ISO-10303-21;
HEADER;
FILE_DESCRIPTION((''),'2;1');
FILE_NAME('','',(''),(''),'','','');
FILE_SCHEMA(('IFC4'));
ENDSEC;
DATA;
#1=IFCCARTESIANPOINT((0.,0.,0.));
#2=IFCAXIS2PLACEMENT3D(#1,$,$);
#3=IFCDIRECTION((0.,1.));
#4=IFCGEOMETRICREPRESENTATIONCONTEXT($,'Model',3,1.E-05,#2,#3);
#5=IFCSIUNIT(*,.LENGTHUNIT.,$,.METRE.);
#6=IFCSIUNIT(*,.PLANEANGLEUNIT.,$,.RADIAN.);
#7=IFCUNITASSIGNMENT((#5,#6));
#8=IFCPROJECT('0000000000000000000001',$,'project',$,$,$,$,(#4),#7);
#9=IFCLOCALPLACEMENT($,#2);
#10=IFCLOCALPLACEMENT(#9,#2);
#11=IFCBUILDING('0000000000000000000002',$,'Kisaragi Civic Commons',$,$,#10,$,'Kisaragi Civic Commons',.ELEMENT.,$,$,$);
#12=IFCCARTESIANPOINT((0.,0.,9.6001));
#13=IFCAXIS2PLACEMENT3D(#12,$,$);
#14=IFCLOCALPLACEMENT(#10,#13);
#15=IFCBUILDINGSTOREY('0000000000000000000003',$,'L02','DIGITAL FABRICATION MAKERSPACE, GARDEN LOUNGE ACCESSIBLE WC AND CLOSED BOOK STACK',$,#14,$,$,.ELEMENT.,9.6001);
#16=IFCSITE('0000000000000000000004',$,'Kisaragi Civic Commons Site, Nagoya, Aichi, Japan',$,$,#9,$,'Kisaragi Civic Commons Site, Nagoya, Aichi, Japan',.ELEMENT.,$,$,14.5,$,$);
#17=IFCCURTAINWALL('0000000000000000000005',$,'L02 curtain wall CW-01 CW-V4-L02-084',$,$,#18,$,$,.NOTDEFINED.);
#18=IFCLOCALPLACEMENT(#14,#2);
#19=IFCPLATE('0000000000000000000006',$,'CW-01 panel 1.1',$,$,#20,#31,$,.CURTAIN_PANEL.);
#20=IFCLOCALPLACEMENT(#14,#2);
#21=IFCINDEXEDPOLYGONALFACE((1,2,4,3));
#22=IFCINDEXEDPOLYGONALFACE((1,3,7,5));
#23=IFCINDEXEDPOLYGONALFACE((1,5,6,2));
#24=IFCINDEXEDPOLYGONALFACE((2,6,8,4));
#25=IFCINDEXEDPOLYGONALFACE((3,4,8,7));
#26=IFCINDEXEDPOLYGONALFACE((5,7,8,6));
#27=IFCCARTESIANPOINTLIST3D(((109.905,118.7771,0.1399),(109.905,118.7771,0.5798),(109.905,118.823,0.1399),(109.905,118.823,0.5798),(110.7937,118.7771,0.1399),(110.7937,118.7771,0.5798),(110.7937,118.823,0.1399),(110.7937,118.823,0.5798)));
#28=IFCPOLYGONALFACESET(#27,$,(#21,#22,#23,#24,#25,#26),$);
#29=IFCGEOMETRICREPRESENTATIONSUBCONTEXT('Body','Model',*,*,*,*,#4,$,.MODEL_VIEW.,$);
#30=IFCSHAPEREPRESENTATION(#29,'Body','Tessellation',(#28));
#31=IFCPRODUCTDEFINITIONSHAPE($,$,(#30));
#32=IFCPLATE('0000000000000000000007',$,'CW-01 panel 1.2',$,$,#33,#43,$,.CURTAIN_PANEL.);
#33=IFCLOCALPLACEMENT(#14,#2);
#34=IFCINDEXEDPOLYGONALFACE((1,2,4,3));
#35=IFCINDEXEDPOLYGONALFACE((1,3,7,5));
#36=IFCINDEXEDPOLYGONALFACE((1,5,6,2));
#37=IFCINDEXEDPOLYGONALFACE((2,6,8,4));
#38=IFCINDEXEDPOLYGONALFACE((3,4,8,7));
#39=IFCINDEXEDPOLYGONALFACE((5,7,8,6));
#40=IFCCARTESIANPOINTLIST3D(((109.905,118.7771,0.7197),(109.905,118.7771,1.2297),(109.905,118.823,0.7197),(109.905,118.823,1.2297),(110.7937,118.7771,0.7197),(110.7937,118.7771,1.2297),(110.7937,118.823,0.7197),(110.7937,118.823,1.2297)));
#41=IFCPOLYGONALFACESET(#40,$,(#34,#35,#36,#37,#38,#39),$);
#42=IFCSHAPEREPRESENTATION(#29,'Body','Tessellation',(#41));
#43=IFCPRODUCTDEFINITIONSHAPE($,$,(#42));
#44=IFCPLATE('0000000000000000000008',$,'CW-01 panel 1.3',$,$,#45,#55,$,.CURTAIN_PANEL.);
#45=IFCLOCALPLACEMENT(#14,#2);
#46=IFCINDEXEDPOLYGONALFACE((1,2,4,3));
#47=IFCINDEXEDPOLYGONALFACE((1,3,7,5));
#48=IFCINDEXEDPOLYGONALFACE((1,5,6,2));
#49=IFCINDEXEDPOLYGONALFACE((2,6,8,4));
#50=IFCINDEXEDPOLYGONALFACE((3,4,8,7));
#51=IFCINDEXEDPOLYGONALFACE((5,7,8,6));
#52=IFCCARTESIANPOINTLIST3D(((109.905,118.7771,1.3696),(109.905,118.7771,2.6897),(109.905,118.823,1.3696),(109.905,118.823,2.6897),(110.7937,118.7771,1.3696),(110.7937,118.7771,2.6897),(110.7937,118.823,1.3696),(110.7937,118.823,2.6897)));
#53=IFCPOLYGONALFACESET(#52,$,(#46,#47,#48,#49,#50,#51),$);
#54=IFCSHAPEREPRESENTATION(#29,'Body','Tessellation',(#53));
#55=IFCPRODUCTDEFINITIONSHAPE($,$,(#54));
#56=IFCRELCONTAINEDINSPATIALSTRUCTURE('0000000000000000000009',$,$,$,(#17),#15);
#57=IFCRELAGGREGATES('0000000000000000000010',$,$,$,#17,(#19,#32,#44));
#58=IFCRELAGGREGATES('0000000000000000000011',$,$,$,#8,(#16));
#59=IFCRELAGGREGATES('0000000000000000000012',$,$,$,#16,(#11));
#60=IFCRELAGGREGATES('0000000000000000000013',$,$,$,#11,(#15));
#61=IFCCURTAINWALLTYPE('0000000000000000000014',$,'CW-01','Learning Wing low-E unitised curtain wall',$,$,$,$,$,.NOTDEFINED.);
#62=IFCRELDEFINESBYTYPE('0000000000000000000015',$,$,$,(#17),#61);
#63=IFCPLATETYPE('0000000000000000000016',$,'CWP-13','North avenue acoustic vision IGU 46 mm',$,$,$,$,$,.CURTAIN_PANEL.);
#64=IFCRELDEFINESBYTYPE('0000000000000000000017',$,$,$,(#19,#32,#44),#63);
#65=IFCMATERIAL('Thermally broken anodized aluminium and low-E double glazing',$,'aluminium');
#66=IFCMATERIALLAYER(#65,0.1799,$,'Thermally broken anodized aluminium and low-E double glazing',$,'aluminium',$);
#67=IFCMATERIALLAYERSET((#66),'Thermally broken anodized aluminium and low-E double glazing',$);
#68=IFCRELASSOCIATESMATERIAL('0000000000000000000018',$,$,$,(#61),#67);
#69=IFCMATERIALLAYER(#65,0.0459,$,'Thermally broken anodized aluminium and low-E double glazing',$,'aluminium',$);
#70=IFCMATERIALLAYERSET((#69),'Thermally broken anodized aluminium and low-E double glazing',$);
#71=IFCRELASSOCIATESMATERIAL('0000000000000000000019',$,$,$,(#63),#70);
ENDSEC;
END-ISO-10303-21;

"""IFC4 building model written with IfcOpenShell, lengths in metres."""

from ifc_helpers import new_model, si_unit, direction, frame, origin, origin_2d, place, context, subcontext, project, spatial, rectangle, extrude, material, layer, layer_set, type_object, element, aggregate, save


model = new_model("IFC4")

# Units and contexts
model_context = context("Model", 3, precision=1e-05, world=origin(), true_north=direction((0.0, 1.0)))
body_context = subcontext(model_context, "Body", "Model", "MODEL_VIEW")
ifc_project = project(units=[si_unit("LENGTHUNIT", "METRE"), si_unit("PLANEANGLEUNIT", "RADIAN")], contexts=[model_context])

# Site, building, storey
site_placement = place(None, origin())
site = spatial("IfcSite", under=ifc_project, at=site_placement, Name="Kisaragi Civic Commons Site, Nagoya, Aichi, Japan", LongName="Kisaragi Civic Commons Site, Nagoya, Aichi, Japan", CompositionType="ELEMENT", RefElevation=14.5)
building_placement = place(site_placement, origin())
building = spatial("IfcBuilding", under=site, at=building_placement, Name="Kisaragi Civic Commons", LongName="Kisaragi Civic Commons", CompositionType="ELEMENT")
storey_placement = place(building_placement, frame((0.0, 0.0, 9.6001)))
storey = spatial("IfcBuildingStorey", under=building, at=storey_placement, Name="L02", Description="DIGITAL FABRICATION MAKERSPACE, GARDEN LOUNGE ACCESSIBLE WC AND CLOSED BOOK STACK", CompositionType="ELEMENT", Elevation=9.6001)

# Curtain wall
ifc_material = material(Name="Thermally broken anodized aluminium and low-E double glazing", Category="aluminium")
ifc_layer_1 = layer(ifc_material, 0.1799, Name="Thermally broken anodized aluminium and low-E double glazing", Category="aluminium")
ifc_layer_set_1 = layer_set([ifc_layer_1], Name="Thermally broken anodized aluminium and low-E double glazing")
curtain_wall_type = type_object("IfcCurtainWallType", Name="CW-01", Description="Learning Wing low-E unitised curtain wall", PredefinedType="NOTDEFINED", material=ifc_layer_set_1)
curtain_wall_1_placement = place(storey_placement, origin())
curtain_wall_1 = element("IfcCurtainWall", 1, at=curtain_wall_1_placement, inside=storey, type_object=curtain_wall_type, Name="L02 curtain wall CW-01 CW-V4-L02-084", PredefinedType="NOTDEFINED")

# Plates
ifc_layer_2 = layer(ifc_material, 0.0459, Name="Thermally broken anodized aluminium and low-E double glazing", Category="aluminium")
ifc_layer_set_2 = layer_set([ifc_layer_2], Name="Thermally broken anodized aluminium and low-E double glazing")
plate_type_1 = type_object("IfcPlateType", Name="CWP-13", Description="North avenue acoustic vision IGU 46 mm", PredefinedType="CURTAIN_PANEL", material=ifc_layer_set_2)
plate_1_placement = place(storey_placement, frame((110.3494, 118.8, 0.1399), z_axis=(0.0, 0.0, 1.0), x_axis=(1.0, 0.0, 0.0)))
plate_1 = element("IfcPlate", 2, at=plate_1_placement, type_object=plate_type_1, Name="CW-01 panel 1.1", PredefinedType="CURTAIN_PANEL", context=body_context, shape_type="SweptSolid", body=[
    extrude(rectangle(XDim=0.8887, YDim=0.0459, at=origin_2d()), origin(), (0.0, 0.0, 1.0), 0.4399),
])
plate_2_placement = place(storey_placement, frame((110.3494, 118.8, 0.7197), z_axis=(0.0, 0.0, 1.0), x_axis=(1.0, 0.0, 0.0)))
plate_2 = element("IfcPlate", 3, at=plate_2_placement, type_object=plate_type_1, Name="CW-01 panel 1.2", PredefinedType="CURTAIN_PANEL", context=body_context, shape_type="SweptSolid", body=[
    extrude(rectangle(XDim=0.8887, YDim=0.0459, at=origin_2d()), origin(), (0.0, 0.0, 1.0), 0.51),
])
plate_3_placement = place(storey_placement, frame((110.3494, 118.8, 1.3696), z_axis=(0.0, 0.0, 1.0), x_axis=(1.0, 0.0, 0.0)))
plate_3 = element("IfcPlate", 4, at=plate_3_placement, type_object=plate_type_1, Name="CW-01 panel 1.3", PredefinedType="CURTAIN_PANEL", context=body_context, shape_type="SweptSolid", body=[
    extrude(rectangle(XDim=0.8887, YDim=0.0459, at=origin_2d()), origin(), (0.0, 0.0, 1.0), 1.3201),
])
aggregate(curtain_wall_1, [plate_1, plate_2, plate_3])

save(model, "model.ifc")
